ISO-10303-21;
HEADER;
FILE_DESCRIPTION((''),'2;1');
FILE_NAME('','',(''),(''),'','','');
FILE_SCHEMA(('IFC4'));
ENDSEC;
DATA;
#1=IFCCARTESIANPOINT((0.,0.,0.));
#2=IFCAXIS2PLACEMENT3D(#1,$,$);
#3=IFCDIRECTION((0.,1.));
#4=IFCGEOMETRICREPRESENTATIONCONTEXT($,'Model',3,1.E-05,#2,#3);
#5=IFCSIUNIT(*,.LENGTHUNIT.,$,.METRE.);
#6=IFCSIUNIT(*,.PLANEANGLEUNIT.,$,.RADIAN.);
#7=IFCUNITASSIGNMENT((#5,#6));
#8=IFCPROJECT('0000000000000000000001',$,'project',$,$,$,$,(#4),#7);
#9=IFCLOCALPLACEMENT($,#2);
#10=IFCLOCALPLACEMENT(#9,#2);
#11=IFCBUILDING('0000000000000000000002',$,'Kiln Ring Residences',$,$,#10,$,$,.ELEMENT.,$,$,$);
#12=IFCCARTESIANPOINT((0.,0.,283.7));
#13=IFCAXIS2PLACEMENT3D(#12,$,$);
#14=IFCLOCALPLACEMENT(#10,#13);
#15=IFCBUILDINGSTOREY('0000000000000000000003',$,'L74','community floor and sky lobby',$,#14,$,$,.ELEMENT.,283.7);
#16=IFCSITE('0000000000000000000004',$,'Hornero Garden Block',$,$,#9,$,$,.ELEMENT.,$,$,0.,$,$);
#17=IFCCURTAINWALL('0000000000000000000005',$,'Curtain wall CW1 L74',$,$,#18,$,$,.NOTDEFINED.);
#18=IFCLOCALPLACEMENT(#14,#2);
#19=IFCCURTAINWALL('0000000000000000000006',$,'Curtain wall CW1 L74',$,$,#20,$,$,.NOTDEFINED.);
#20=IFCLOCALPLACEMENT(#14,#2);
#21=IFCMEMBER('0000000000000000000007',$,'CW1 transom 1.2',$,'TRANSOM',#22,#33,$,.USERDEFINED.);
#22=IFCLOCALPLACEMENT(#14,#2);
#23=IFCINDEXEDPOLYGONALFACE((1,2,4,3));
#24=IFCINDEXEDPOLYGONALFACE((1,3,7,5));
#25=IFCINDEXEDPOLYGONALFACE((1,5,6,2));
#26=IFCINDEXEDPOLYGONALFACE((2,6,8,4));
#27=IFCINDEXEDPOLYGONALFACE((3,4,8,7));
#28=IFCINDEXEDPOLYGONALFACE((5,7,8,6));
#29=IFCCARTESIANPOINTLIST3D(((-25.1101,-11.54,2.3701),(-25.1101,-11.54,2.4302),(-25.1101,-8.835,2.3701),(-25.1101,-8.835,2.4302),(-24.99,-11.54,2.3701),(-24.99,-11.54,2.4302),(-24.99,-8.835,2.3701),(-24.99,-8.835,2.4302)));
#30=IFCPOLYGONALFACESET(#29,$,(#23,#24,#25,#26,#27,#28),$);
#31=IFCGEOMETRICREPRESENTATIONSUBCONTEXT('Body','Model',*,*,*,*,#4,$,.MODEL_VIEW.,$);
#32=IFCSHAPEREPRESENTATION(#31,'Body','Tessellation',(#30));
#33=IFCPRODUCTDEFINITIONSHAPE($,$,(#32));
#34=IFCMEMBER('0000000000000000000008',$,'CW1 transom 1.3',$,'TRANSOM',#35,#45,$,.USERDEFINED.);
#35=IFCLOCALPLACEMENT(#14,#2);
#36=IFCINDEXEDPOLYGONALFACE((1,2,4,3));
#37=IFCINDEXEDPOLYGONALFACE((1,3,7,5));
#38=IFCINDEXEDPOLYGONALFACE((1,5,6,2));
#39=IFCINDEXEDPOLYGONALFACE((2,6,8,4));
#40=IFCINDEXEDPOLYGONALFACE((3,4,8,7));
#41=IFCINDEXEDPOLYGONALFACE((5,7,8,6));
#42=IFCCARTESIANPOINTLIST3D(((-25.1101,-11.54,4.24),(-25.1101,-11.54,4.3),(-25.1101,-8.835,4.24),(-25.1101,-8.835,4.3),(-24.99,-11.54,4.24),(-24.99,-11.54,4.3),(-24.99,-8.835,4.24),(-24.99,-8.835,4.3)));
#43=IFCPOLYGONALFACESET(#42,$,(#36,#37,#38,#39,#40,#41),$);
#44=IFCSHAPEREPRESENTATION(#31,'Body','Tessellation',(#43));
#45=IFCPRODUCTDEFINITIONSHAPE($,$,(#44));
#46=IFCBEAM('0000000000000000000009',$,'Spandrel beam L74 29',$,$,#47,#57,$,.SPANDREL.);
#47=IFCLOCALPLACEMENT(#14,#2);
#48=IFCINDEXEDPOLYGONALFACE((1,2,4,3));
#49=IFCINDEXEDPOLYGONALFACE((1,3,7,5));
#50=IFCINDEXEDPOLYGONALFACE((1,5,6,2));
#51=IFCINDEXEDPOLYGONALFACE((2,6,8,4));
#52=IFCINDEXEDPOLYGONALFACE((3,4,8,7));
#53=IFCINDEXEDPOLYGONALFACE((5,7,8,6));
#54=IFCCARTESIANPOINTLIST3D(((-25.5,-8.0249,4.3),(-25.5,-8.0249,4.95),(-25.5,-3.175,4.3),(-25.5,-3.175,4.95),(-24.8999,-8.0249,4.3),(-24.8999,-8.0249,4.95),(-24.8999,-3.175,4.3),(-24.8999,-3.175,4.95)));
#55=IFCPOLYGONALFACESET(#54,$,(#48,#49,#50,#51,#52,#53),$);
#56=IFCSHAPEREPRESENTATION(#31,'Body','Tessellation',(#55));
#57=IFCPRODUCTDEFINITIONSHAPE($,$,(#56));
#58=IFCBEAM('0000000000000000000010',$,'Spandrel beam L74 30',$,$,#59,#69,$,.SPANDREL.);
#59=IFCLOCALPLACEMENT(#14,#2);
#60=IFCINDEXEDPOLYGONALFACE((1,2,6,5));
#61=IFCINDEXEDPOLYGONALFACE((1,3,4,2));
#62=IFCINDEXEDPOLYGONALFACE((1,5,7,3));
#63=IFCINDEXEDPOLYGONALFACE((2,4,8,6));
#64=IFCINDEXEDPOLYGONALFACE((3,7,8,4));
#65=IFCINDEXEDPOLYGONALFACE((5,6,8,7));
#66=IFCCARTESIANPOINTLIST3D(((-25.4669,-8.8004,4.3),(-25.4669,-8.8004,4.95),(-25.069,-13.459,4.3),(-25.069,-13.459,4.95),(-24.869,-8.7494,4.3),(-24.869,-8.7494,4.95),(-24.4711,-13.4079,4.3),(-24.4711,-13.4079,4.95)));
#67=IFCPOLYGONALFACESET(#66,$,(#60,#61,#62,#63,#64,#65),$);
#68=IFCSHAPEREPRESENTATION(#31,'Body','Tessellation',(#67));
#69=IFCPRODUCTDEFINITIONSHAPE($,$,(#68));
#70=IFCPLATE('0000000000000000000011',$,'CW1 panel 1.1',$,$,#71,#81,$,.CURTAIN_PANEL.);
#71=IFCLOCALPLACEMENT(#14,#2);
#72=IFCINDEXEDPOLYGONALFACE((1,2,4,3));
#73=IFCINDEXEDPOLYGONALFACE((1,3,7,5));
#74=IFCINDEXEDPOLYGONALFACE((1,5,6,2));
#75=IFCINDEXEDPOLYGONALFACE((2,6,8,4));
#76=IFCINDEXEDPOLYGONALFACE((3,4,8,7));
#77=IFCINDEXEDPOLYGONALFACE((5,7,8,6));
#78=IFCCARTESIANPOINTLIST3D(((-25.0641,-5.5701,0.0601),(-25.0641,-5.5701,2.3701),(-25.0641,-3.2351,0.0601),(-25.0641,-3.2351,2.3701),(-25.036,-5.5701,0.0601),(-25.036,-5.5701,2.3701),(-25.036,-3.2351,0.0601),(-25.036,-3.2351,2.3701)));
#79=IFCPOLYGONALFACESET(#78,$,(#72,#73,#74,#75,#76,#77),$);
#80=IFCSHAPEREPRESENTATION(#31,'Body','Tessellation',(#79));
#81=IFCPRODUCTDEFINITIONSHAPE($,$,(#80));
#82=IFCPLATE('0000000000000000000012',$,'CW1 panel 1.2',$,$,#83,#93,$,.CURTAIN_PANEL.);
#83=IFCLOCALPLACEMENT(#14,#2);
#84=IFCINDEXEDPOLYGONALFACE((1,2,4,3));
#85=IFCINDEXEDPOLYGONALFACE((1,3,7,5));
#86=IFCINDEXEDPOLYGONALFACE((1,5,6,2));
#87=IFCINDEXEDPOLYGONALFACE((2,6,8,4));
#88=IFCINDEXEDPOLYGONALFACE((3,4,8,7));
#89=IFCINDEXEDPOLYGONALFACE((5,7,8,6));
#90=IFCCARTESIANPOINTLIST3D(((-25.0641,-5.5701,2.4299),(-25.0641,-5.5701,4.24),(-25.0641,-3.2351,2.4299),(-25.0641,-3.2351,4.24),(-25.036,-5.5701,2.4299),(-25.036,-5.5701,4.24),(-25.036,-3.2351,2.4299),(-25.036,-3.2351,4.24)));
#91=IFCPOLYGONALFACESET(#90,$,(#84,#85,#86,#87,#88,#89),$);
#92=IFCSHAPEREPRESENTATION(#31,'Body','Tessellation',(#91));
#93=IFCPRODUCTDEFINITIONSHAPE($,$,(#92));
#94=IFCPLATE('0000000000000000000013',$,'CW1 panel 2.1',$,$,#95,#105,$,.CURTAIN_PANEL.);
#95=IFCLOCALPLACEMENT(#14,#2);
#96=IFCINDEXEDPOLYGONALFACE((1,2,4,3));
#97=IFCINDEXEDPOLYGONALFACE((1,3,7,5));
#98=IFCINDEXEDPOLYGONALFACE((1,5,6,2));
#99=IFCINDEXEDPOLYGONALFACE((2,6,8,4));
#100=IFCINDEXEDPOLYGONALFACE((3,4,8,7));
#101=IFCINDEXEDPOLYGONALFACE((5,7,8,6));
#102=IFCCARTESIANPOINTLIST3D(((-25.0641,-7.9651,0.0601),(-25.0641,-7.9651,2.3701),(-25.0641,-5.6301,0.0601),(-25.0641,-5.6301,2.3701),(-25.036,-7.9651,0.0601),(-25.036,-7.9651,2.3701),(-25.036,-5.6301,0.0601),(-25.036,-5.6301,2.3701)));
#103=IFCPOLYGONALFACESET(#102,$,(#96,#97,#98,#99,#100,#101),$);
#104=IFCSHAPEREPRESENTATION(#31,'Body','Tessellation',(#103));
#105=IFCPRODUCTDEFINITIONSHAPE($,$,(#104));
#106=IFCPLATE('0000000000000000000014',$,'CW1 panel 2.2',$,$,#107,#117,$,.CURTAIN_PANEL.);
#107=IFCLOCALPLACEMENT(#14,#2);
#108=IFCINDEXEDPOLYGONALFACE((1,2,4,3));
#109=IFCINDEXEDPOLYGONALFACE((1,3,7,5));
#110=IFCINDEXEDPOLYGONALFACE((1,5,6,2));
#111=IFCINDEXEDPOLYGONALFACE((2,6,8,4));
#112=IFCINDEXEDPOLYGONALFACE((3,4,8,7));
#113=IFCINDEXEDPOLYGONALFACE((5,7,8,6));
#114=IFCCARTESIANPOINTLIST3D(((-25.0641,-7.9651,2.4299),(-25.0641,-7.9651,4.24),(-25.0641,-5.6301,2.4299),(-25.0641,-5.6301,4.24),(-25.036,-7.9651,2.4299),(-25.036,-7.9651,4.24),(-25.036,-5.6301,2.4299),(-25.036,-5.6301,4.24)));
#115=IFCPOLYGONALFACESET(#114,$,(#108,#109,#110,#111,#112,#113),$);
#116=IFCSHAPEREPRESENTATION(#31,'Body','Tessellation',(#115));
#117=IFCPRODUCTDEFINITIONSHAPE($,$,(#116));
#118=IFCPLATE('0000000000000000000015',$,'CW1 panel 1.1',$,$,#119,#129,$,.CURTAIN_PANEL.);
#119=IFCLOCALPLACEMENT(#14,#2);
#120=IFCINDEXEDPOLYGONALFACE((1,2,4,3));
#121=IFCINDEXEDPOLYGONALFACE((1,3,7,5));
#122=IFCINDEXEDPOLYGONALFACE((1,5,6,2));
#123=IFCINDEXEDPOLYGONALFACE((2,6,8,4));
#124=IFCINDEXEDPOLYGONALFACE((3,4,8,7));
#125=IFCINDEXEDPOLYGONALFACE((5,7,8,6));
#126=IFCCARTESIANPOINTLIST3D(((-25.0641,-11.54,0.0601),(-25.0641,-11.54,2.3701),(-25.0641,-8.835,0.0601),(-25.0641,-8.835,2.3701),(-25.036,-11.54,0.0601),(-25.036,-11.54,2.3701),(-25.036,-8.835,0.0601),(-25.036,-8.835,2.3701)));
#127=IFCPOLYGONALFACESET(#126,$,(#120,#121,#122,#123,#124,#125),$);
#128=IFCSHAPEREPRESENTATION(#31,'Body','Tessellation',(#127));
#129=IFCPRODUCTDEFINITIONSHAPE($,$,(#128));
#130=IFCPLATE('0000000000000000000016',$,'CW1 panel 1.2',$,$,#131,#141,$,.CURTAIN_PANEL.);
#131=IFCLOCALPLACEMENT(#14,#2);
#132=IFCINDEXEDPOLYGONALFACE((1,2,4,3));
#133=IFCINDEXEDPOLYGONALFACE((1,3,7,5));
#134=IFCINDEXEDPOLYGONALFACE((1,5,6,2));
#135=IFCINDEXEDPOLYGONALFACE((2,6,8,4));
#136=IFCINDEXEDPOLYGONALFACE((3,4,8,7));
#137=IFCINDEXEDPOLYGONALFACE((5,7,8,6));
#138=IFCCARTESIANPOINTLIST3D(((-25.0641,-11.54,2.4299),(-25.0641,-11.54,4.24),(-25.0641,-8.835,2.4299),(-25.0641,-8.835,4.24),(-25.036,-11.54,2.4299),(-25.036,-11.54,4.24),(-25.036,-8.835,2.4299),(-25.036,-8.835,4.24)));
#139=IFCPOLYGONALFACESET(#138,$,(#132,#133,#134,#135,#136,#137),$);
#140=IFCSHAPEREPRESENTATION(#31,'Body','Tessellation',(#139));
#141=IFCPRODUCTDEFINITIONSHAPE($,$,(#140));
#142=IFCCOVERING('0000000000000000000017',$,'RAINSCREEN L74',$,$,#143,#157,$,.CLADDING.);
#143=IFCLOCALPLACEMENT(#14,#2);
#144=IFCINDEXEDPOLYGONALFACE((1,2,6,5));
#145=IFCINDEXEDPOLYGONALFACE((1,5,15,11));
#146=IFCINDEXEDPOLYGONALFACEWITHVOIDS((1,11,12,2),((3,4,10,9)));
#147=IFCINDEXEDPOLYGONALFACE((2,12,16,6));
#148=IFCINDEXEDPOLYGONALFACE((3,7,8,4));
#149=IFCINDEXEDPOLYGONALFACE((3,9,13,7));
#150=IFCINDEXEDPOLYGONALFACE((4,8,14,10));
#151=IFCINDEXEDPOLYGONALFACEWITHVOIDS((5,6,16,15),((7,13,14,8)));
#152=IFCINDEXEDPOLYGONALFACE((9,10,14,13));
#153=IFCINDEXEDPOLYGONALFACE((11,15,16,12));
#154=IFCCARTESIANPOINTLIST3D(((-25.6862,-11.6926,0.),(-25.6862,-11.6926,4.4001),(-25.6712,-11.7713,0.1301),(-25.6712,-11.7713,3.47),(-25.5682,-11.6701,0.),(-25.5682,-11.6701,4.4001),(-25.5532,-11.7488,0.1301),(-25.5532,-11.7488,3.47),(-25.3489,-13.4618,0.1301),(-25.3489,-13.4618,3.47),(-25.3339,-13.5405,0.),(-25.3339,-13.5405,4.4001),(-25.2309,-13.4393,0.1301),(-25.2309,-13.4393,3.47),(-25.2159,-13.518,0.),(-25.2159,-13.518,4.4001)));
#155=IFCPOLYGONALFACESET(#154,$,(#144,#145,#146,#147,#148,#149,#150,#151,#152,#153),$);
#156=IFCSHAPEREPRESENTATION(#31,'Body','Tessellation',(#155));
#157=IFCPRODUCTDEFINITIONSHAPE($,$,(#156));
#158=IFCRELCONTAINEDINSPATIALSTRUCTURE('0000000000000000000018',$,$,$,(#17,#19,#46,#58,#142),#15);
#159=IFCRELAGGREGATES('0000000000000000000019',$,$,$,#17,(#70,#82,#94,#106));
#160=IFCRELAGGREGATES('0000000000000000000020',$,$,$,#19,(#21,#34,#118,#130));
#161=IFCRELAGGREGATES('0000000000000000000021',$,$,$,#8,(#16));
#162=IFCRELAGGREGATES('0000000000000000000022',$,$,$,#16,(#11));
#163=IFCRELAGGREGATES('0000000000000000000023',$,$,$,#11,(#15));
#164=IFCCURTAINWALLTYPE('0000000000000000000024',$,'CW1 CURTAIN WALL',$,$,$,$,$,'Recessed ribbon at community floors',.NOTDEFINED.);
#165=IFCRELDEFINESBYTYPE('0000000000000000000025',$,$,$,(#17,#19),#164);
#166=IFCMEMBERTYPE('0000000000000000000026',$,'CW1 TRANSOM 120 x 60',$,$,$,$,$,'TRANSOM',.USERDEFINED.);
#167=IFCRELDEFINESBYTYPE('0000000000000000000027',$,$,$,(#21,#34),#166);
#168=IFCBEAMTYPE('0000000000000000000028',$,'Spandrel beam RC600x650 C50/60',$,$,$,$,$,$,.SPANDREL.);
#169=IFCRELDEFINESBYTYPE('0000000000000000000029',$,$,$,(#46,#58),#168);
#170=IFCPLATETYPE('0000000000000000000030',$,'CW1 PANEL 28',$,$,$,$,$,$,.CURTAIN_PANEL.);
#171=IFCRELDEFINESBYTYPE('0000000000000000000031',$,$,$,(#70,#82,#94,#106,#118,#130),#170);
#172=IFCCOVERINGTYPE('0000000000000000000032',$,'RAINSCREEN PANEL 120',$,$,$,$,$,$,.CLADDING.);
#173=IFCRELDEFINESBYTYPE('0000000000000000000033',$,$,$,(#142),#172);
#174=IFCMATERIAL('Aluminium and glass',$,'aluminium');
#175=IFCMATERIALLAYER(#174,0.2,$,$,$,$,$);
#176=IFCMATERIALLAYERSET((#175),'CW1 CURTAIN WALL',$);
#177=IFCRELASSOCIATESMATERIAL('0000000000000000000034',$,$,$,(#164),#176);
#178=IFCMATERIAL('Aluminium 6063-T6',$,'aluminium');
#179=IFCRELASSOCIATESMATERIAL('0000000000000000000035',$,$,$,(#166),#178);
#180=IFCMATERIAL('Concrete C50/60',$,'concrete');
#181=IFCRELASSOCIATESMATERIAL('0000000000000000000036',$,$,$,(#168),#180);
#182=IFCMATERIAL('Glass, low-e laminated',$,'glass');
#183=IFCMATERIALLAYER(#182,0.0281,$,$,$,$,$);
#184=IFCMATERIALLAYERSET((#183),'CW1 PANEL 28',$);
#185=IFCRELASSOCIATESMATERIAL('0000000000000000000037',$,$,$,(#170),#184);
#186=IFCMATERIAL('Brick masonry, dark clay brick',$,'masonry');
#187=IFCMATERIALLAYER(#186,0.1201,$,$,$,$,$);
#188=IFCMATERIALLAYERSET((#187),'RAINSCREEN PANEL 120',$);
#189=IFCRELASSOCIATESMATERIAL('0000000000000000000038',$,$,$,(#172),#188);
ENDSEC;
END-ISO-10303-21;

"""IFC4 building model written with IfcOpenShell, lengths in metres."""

from ifc_helpers import new_model, si_unit, direction, frame, origin, origin_2d, place, context, subcontext, project, spatial, polyline, rectangle, outline, extrude, material, layer, layer_set, material_profile, profile_set, type_object, element, aggregate, save


model = new_model("IFC4")

# Units and contexts
model_context = context("Model", 3, precision=1e-05, world=origin(), true_north=direction((0.0, 1.0)))
body_context = subcontext(model_context, "Body", "Model", "MODEL_VIEW")
ifc_project = project(units=[si_unit("LENGTHUNIT", "METRE"), si_unit("PLANEANGLEUNIT", "RADIAN")], contexts=[model_context])

# Site, building, storey
site_placement = place(None, origin())
site = spatial("IfcSite", under=ifc_project, at=site_placement, Name="Hornero Garden Block", CompositionType="ELEMENT", RefElevation=0.0)
building_placement = place(site_placement, origin())
building = spatial("IfcBuilding", under=site, at=building_placement, Name="Kiln Ring Residences", CompositionType="ELEMENT")
storey_placement = place(building_placement, frame((0.0, 0.0, 283.7)))
storey = spatial("IfcBuildingStorey", under=building, at=storey_placement, Name="L74", Description="community floor and sky lobby", CompositionType="ELEMENT", Elevation=283.7)

# Shared definitions
ifc_material_1 = material(Name="Aluminium and glass", Category="aluminium")
ifc_layer_1 = layer(ifc_material_1, 0.2)
ifc_layer_set_1 = layer_set([ifc_layer_1], Name="CW1 CURTAIN WALL")
curtain_wall_type = type_object("IfcCurtainWallType", Name="CW1 CURTAIN WALL", ElementType="Recessed ribbon at community floors", PredefinedType="NOTDEFINED", material=ifc_layer_set_1)
placement = place(storey_placement, origin())

# Curtain walls
curtain_wall_1 = element("IfcCurtainWall", 1, at=placement, inside=storey, type_object=curtain_wall_type, Name="Curtain wall CW1 L74", PredefinedType="NOTDEFINED")
curtain_wall_2 = element("IfcCurtainWall", 2, at=placement, inside=storey, type_object=curtain_wall_type, Name="Curtain wall CW1 L74", PredefinedType="NOTDEFINED")

# Members
ifc_material_2 = material(Name="Aluminium 6063-T6", Category="aluminium")
ifc_material_profile_1 = material_profile(ifc_material_2, rectangle(XDim=0.1201, YDim=0.0601, at=origin_2d()), Name="AL 120x60")
ifc_profile_set_1 = profile_set([ifc_material_profile_1], Name="Aluminium 6063-T6")
member_type_1 = type_object("IfcMemberType", Name="CW1 TRANSOM 120 x 60", ElementType="TRANSOM", PredefinedType="USERDEFINED", material=ifc_profile_set_1)
member_1_placement = place(storey_placement, frame((-25.05, -8.835, 2.4001), z_axis=(0.0, -1.0, 0.0), x_axis=(1.0, 0.0, 0.0)))
member_1 = element("IfcMember", 3, at=member_1_placement, type_object=member_type_1, Name="CW1 transom 1.2", ObjectType="TRANSOM", PredefinedType="USERDEFINED", context=body_context, shape_type="SweptSolid", body=[
    extrude(rectangle(XDim=0.1201, YDim=0.0601, at=origin_2d()), origin(), (0.0, 0.0, 1.0), 2.7051),
])
member_2_placement = place(storey_placement, frame((-25.05, -8.835, 4.27), z_axis=(0.0, -1.0, 0.0), x_axis=(1.0, 0.0, 0.0)))
member_2 = element("IfcMember", 4, at=member_2_placement, type_object=member_type_1, Name="CW1 transom 1.3", ObjectType="TRANSOM", PredefinedType="USERDEFINED", context=body_context, shape_type="SweptSolid", body=[
    extrude(rectangle(XDim=0.1201, YDim=0.0601, at=origin_2d()), origin(), (0.0, 0.0, 1.0), 2.7051),
])

# Beams
ifc_material_3 = material(Name="Concrete C50/60", Category="concrete")
ifc_material_profile_2 = material_profile(ifc_material_3, rectangle(XDim=0.6001, YDim=0.6499, at=origin_2d()), Name="RC600x650")
ifc_profile_set_2 = profile_set([ifc_material_profile_2], Name="Concrete C50/60")
beam_type = type_object("IfcBeamType", Name="Spandrel beam RC600x650 C50/60", PredefinedType="SPANDREL", material=ifc_profile_set_2)
beam_1_placement = place(storey_placement, frame((-25.2, -3.175, 4.625), z_axis=(0.0, -1.0, 0.0), x_axis=(1.0, 0.0, 0.0)))
element("IfcBeam", 5, at=beam_1_placement, inside=storey, type_object=beam_type, Name="Spandrel beam L74 29", PredefinedType="SPANDREL", context=body_context, shape_type="SweptSolid", body=[
    extrude(rectangle(XDim=0.6001, YDim=0.6499, at=origin_2d()), origin(), (0.0, 0.0, 1.0), 4.8499),
])
beam_2_placement = place(storey_placement, frame((-25.168, -8.7749, 4.625), z_axis=(0.085111, -0.996371, 0.0), x_axis=(0.996371, 0.085111, 0.0)))
element("IfcBeam", 6, at=beam_2_placement, inside=storey, type_object=beam_type, Name="Spandrel beam L74 30", PredefinedType="SPANDREL", context=body_context, shape_type="SweptSolid", body=[
    extrude(rectangle(XDim=0.6001, YDim=0.6499, at=origin_2d()), origin(), (0.0, 0.0, 1.0), 4.6755),
])

# Plates
ifc_material_4 = material(Name="Glass, low-e laminated", Category="glass")
ifc_layer_2 = layer(ifc_material_4, 0.0281)
ifc_layer_set_2 = layer_set([ifc_layer_2], Name="CW1 PANEL 28")
plate_type = type_object("IfcPlateType", Name="CW1 PANEL 28", PredefinedType="CURTAIN_PANEL", material=ifc_layer_set_2)
plate_1_placement = place(storey_placement, frame((-25.05, -4.4026, 0.0601), z_axis=(0.0, 0.0, 1.0), x_axis=(0.0, -1.0, 0.0)))
plate_1 = element("IfcPlate", 7, at=plate_1_placement, type_object=plate_type, Name="CW1 panel 1.1", PredefinedType="CURTAIN_PANEL", context=body_context, shape_type="SweptSolid", body=[
    extrude(rectangle(XDim=2.335, YDim=0.0281, at=origin_2d()), origin(), (0.0, 0.0, 1.0), 2.3101),
])
plate_2_placement = place(storey_placement, frame((-25.05, -4.4026, 2.4299), z_axis=(0.0, 0.0, 1.0), x_axis=(0.0, -1.0, 0.0)))
plate_2 = element("IfcPlate", 8, at=plate_2_placement, type_object=plate_type, Name="CW1 panel 1.2", PredefinedType="CURTAIN_PANEL", context=body_context, shape_type="SweptSolid", body=[
    extrude(rectangle(XDim=2.335, YDim=0.0281, at=origin_2d()), origin(), (0.0, 0.0, 1.0), 1.8101),
])
plate_3_placement = place(storey_placement, frame((-25.05, -6.7976, 0.0601), z_axis=(0.0, 0.0, 1.0), x_axis=(0.0, -1.0, 0.0)))
plate_3 = element("IfcPlate", 9, at=plate_3_placement, type_object=plate_type, Name="CW1 panel 2.1", PredefinedType="CURTAIN_PANEL", context=body_context, shape_type="SweptSolid", body=[
    extrude(rectangle(XDim=2.335, YDim=0.0281, at=origin_2d()), origin(), (0.0, 0.0, 1.0), 2.3101),
])
plate_4_placement = place(storey_placement, frame((-25.05, -6.7976, 2.4299), z_axis=(0.0, 0.0, 1.0), x_axis=(0.0, -1.0, 0.0)))
plate_4 = element("IfcPlate", 10, at=plate_4_placement, type_object=plate_type, Name="CW1 panel 2.2", PredefinedType="CURTAIN_PANEL", context=body_context, shape_type="SweptSolid", body=[
    extrude(rectangle(XDim=2.335, YDim=0.0281, at=origin_2d()), origin(), (0.0, 0.0, 1.0), 1.8101),
])
aggregate(curtain_wall_1, [plate_1, plate_2, plate_3, plate_4])
plate_5_placement = place(storey_placement, frame((-25.05, -10.1875, 0.0601), z_axis=(0.0, 0.0, 1.0), x_axis=(0.0, -1.0, 0.0)))
plate_5 = element("IfcPlate", 11, at=plate_5_placement, type_object=plate_type, Name="CW1 panel 1.1", PredefinedType="CURTAIN_PANEL", context=body_context, shape_type="SweptSolid", body=[
    extrude(rectangle(XDim=2.7051, YDim=0.0281, at=origin_2d()), origin(), (0.0, 0.0, 1.0), 2.3101),
])
plate_6_placement = place(storey_placement, frame((-25.05, -10.1875, 2.4299), z_axis=(0.0, 0.0, 1.0), x_axis=(0.0, -1.0, 0.0)))
plate_6 = element("IfcPlate", 12, at=plate_6_placement, type_object=plate_type, Name="CW1 panel 1.2", PredefinedType="CURTAIN_PANEL", context=body_context, shape_type="SweptSolid", body=[
    extrude(rectangle(XDim=2.7051, YDim=0.0281, at=origin_2d()), origin(), (0.0, 0.0, 1.0), 1.8101),
])
aggregate(curtain_wall_2, [member_1, member_2, plate_5, plate_6])

# Covering
ifc_material_5 = material(Name="Brick masonry, dark clay brick", Category="masonry")
ifc_layer_3 = layer(ifc_material_5, 0.1201)
ifc_layer_set_3 = layer_set([ifc_layer_3], Name="RAINSCREEN PANEL 120")
covering_type = type_object("IfcCoveringType", Name="RAINSCREEN PANEL 120", PredefinedType="CLADDING", material=ifc_layer_set_3)
covering_placement = place(storey_placement, frame((-25.6272, -11.6814, 0.0), z_axis=(0.0, 0.0, 1.0), x_axis=(0.187273, -0.982308, 0.0)))
element("IfcCovering", 13, at=covering_placement, inside=storey, type_object=covering_type, Name="RAINSCREEN L74", PredefinedType="CLADDING", context=body_context, shape_type="SweptSolid", body=[
    extrude(outline(polyline([(0.0, 0.0), (1.8811, 0.0), (1.8811, 4.4001), (0.0, 4.4001), (0.0, 0.0)]), holes=[polyline([(0.0801, 3.47), (0.0801, 0.1301), (1.801, 0.1301), (1.801, 3.47), (0.0801, 3.47)])]), frame((0.0, 0.0601, 0.0), z_axis=(0.0, -1.0, 0.0), x_axis=(1.0, 0.0, 0.0)), (0.0, 0.0, 1.0), 0.1201),
])

save(model, "model.ifc")
